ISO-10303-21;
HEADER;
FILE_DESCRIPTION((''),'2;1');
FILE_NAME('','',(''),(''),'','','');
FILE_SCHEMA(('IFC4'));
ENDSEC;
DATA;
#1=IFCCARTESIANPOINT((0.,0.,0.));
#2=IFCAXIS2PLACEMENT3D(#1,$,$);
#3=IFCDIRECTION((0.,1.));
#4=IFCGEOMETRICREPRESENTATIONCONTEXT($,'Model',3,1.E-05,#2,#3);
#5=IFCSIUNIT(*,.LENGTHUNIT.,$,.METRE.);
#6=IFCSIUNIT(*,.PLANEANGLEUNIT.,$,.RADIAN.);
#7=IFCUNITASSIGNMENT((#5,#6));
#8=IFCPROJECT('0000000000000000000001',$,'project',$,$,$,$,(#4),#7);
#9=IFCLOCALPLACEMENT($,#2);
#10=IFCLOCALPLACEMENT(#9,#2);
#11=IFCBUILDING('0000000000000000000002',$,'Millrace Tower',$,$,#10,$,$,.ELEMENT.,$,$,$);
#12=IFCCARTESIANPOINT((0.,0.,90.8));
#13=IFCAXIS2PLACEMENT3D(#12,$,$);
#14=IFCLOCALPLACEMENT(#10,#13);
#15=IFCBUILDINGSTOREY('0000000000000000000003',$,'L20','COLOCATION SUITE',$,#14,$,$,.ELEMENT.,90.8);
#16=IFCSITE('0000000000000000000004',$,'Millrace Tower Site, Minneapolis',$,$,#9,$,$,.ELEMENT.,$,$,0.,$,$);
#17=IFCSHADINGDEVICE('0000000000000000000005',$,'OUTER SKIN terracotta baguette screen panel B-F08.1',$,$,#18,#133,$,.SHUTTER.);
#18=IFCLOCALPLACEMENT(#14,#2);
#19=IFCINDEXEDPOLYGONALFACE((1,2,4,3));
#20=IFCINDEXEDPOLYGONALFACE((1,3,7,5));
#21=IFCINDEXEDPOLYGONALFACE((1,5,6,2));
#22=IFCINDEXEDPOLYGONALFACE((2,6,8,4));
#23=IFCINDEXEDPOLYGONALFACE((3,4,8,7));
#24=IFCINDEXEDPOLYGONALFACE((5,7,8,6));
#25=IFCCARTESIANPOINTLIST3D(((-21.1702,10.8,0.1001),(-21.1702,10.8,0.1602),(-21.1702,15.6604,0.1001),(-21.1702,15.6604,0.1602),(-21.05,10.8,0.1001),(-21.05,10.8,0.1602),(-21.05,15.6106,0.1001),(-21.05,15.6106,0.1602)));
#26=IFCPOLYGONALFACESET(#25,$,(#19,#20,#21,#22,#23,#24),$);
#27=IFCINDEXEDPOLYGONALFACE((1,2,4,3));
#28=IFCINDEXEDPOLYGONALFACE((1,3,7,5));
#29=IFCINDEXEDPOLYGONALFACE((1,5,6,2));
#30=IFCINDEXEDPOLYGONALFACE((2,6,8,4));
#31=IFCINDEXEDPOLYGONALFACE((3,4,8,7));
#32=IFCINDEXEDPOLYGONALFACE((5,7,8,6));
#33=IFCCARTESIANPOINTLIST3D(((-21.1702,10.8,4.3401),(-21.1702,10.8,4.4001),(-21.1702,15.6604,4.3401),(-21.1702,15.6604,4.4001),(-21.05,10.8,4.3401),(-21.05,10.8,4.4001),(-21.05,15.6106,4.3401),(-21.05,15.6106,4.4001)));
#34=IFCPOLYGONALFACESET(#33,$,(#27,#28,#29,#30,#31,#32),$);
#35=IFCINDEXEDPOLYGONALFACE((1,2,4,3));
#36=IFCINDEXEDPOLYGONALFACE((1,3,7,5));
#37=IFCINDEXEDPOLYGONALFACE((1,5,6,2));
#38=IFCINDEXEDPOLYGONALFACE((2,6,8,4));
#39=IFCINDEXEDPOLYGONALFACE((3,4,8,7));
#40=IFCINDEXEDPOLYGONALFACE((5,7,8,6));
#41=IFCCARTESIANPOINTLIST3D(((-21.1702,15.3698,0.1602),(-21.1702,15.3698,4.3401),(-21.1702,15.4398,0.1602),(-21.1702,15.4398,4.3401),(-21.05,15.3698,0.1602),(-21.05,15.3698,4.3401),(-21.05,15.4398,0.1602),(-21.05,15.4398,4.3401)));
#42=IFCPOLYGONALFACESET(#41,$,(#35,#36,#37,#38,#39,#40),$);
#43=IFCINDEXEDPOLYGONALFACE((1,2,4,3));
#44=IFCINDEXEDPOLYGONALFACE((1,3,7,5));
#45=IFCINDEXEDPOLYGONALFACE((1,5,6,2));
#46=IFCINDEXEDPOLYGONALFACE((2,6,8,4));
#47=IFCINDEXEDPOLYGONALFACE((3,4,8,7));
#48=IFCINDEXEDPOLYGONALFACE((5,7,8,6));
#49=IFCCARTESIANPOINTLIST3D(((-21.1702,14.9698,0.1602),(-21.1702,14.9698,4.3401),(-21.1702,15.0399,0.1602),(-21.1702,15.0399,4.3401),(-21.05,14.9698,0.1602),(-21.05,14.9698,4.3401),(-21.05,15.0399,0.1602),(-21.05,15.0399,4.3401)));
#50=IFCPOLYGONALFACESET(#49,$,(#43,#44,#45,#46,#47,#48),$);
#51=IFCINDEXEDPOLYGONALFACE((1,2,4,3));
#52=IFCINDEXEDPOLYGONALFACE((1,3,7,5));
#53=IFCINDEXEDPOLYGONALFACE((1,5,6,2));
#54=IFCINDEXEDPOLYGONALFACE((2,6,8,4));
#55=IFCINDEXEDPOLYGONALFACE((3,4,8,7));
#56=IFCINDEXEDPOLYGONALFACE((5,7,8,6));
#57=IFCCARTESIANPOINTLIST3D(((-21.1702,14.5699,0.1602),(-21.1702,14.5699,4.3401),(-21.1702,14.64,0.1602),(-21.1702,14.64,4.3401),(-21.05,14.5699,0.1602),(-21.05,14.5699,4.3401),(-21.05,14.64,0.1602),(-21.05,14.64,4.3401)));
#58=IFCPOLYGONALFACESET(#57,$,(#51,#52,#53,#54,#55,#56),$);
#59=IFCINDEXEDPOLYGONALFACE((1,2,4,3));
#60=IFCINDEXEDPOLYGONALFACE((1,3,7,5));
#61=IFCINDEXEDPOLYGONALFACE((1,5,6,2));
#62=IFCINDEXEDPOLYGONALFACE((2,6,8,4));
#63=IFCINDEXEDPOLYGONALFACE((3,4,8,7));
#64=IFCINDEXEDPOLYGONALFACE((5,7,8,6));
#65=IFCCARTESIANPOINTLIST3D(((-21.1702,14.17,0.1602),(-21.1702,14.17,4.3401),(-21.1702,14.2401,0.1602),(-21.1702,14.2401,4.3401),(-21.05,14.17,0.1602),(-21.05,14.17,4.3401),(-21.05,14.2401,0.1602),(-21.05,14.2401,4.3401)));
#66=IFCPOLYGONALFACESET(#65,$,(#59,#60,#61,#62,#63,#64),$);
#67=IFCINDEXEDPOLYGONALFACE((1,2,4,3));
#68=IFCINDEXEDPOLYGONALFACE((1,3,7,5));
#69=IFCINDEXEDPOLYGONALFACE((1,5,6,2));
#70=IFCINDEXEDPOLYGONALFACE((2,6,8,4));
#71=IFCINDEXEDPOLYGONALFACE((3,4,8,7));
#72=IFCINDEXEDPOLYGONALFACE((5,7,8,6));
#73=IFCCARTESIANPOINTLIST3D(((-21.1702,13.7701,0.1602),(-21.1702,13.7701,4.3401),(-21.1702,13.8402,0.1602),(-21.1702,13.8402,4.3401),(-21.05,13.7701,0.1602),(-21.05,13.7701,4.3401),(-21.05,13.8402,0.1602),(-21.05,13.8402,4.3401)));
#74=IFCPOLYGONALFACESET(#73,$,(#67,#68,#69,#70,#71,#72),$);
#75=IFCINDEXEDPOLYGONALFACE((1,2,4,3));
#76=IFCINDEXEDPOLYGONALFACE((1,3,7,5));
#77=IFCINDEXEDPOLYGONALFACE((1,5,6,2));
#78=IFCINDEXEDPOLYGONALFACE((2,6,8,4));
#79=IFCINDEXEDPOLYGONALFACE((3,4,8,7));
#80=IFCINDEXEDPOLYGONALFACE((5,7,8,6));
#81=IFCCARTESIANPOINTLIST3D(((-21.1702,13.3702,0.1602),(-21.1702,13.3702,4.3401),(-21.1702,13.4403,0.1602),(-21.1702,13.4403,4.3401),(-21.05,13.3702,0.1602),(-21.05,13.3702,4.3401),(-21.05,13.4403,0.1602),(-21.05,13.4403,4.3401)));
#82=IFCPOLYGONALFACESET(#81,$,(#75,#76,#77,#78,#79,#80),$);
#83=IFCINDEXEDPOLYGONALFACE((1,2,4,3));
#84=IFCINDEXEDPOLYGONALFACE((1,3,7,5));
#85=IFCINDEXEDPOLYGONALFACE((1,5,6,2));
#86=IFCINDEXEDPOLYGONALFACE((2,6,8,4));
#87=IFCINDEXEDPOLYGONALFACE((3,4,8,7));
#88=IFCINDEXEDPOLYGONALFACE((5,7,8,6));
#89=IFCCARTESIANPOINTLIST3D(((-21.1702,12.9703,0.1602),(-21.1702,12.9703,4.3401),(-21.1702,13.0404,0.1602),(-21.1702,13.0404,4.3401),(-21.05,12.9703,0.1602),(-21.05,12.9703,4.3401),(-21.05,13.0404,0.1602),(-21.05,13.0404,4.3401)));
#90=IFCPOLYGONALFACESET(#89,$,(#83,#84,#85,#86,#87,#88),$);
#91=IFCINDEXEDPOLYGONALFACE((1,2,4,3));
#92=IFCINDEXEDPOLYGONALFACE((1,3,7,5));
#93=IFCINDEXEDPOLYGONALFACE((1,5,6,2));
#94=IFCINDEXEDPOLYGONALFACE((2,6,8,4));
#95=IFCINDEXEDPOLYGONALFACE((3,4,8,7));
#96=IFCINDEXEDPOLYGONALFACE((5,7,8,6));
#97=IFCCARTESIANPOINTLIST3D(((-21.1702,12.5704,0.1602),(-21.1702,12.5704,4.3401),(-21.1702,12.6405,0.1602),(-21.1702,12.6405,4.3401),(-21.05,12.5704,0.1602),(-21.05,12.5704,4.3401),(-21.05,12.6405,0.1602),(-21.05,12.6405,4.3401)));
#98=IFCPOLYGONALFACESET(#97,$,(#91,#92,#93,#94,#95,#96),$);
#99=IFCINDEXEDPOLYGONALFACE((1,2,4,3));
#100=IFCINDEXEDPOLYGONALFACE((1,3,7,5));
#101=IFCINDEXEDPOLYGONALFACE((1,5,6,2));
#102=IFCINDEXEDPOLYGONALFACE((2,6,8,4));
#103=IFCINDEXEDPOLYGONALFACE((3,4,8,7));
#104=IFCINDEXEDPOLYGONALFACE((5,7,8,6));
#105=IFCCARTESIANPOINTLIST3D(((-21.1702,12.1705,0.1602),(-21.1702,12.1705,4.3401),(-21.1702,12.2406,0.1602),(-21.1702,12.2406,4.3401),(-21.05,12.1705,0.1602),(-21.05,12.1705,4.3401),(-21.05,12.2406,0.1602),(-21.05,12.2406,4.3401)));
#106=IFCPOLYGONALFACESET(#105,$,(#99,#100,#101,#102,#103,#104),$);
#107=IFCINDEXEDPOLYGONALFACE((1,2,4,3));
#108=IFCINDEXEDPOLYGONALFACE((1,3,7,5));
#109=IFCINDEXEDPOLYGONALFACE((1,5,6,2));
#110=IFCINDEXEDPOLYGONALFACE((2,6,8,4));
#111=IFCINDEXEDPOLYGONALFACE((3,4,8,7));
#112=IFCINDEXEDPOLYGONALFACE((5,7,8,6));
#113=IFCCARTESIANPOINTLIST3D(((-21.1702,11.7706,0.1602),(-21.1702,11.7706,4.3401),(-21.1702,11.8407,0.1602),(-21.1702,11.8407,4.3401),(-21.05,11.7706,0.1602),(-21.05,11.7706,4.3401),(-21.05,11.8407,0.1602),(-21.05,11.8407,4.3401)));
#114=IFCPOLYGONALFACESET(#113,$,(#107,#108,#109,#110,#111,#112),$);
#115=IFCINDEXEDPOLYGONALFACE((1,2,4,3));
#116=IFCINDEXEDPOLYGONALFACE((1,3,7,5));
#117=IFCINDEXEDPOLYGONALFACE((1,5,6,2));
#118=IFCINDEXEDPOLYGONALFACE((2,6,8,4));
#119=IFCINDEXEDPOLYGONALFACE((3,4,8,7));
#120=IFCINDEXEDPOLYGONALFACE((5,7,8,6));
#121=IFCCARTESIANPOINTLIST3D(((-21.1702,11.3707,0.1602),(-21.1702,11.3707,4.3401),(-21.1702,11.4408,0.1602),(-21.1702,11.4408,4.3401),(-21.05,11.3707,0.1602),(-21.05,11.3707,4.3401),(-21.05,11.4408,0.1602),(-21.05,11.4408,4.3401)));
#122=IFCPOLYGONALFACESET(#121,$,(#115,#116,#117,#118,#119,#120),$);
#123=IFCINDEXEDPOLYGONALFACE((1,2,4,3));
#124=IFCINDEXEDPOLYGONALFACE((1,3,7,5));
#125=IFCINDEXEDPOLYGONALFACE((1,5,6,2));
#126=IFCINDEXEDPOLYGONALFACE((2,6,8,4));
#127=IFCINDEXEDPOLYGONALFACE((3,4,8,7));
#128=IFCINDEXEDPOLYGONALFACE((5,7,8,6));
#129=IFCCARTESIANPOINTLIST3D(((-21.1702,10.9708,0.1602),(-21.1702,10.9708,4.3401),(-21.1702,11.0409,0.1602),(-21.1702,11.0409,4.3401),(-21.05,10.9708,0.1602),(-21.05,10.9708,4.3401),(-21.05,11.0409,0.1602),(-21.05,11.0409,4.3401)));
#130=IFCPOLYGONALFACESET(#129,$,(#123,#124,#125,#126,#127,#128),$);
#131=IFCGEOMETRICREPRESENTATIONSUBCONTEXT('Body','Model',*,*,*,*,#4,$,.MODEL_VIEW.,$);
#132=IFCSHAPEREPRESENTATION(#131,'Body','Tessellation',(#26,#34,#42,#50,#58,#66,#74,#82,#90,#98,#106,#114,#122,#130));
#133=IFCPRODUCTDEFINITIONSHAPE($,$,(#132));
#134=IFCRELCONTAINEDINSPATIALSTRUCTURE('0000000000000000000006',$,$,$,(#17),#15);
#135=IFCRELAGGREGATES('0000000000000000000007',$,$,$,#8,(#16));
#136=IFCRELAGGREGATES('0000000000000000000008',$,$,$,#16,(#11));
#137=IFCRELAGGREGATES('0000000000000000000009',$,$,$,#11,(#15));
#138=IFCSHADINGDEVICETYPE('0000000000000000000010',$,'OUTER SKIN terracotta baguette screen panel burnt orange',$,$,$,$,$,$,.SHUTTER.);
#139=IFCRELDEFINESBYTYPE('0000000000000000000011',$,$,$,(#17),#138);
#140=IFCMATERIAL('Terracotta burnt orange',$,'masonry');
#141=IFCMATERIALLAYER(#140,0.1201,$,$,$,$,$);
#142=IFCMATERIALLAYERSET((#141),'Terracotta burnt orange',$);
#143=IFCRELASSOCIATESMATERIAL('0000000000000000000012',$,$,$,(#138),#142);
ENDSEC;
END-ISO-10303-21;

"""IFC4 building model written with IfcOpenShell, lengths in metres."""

from ifc_helpers import new_model, entity, si_unit, direction, frame, frame_2d, origin, place, context, subcontext, project, spatial, rectangle, extrude, source, transform, mapped, material, layer, layer_set, type_object, element, save


model = new_model("IFC4")

# Units and contexts
model_context = context("Model", 3, precision=1e-05, world=origin(), true_north=direction((0.0, 1.0)))
body_context = subcontext(model_context, "Body", "Model", "MODEL_VIEW")
ifc_project = project(units=[si_unit("LENGTHUNIT", "METRE"), si_unit("PLANEANGLEUNIT", "RADIAN")], contexts=[model_context])

# Site, building, storey
site_placement = place(None, origin())
site = spatial("IfcSite", under=ifc_project, at=site_placement, Name="Millrace Tower Site, Minneapolis", CompositionType="ELEMENT", RefElevation=0.0)
building_placement = place(site_placement, origin())
building = spatial("IfcBuilding", under=site, at=building_placement, Name="Millrace Tower", CompositionType="ELEMENT")
storey_placement = place(building_placement, frame((0.0, 0.0, 90.8)))
storey = spatial("IfcBuildingStorey", under=building, at=storey_placement, Name="L20", Description="COLOCATION SUITE", CompositionType="ELEMENT", Elevation=90.8)

# Shading device
ifc_material_1 = material(Name="Terracotta burnt orange", Category="masonry")
ifc_layer_1 = layer(ifc_material_1, 0.1201)
ifc_layer_set_1 = layer_set([ifc_layer_1], Name="Terracotta burnt orange")
shading_device_type = type_object("IfcShadingDeviceType", Name="OUTER SKIN terracotta baguette screen panel burnt orange", PredefinedType="SHUTTER", material=ifc_layer_set_1)
cartesian_point_1 = entity("IfcCartesianPoint", [-2.3928, 0.0601])
shared_polyline_1 = entity("IfcPolyline", [cartesian_point_1, entity("IfcCartesianPoint", [2.4177, 0.0601]), entity("IfcCartesianPoint", [2.4177, -0.0601]), entity("IfcCartesianPoint", [-2.4426, -0.0601]), cartesian_point_1])
shared_shape_1 = source(origin(), body_context, "Body", "SweptSolid", [
    entity("IfcExtrudedAreaSolid", entity("IfcArbitraryClosedProfileDef", "AREA", None, shared_polyline_1), entity("IfcAxis2Placement3D", entity("IfcCartesianPoint", [0.0, 0.0, 0.0])), entity("IfcDirection", [0.0, 0.0, 1.0]), 0.0601),
    entity("IfcExtrudedAreaSolid", entity("IfcArbitraryClosedProfileDef", "AREA", None, shared_polyline_1), entity("IfcAxis2Placement3D", entity("IfcCartesianPoint", [0.0, 0.0, 4.24])), entity("IfcDirection", [0.0, 0.0, 1.0]), 0.0601),
    extrude(rectangle(XDim=0.0701, YDim=0.1201, at=frame_2d((-2.187, 0.0))), frame((0.0, 0.0, 0.0601)), (0.0, 0.0, 1.0), 4.1799),
    extrude(rectangle(XDim=0.0701, YDim=0.1201, at=frame_2d((-1.7871, 0.0))), frame((0.0, 0.0, 0.0601)), (0.0, 0.0, 1.0), 4.1799),
    extrude(rectangle(XDim=0.0701, YDim=0.1201, at=frame_2d((-1.3872, 0.0))), frame((0.0, 0.0, 0.0601)), (0.0, 0.0, 1.0), 4.1799),
    extrude(rectangle(XDim=0.0701, YDim=0.1201, at=frame_2d((-0.9873, 0.0))), frame((0.0, 0.0, 0.0601)), (0.0, 0.0, 1.0), 4.1799),
    extrude(rectangle(XDim=0.0701, YDim=0.1201, at=frame_2d((-0.5874, 0.0))), frame((0.0, 0.0, 0.0601)), (0.0, 0.0, 1.0), 4.1799),
    extrude(rectangle(XDim=0.0701, YDim=0.1201, at=frame_2d((-0.1875, 0.0))), frame((0.0, 0.0, 0.0601)), (0.0, 0.0, 1.0), 4.1799),
    extrude(rectangle(XDim=0.0701, YDim=0.1201, at=frame_2d((0.2124, 0.0))), frame((0.0, 0.0, 0.0601)), (0.0, 0.0, 1.0), 4.1799),
    extrude(rectangle(XDim=0.0701, YDim=0.1201, at=frame_2d((0.6123, 0.0))), frame((0.0, 0.0, 0.0601)), (0.0, 0.0, 1.0), 4.1799),
    extrude(rectangle(XDim=0.0701, YDim=0.1201, at=frame_2d((1.0122, 0.0))), frame((0.0, 0.0, 0.0601)), (0.0, 0.0, 1.0), 4.1799),
    extrude(rectangle(XDim=0.0701, YDim=0.1201, at=frame_2d((1.4121, 0.0))), frame((0.0, 0.0, 0.0601)), (0.0, 0.0, 1.0), 4.1799),
    extrude(rectangle(XDim=0.0701, YDim=0.1201, at=frame_2d((1.812, 0.0))), frame((0.0, 0.0, 0.0601)), (0.0, 0.0, 1.0), 4.1799),
    extrude(rectangle(XDim=0.0701, YDim=0.1201, at=frame_2d((2.2119, 0.0))), frame((0.0, 0.0, 0.0601)), (0.0, 0.0, 1.0), 4.1799),
])
shading_device_1_placement = place(storey_placement, frame((-21.1101, 13.2178, 0.1001), z_axis=(0.0, 0.0, 1.0), x_axis=(0.0, -1.0, 0.0)))
element("IfcShadingDevice", 1, at=shading_device_1_placement, inside=storey, type_object=shading_device_type, Name="OUTER SKIN terracotta baguette screen panel B-F08.1", PredefinedType="SHUTTER", context=body_context, shape_type="MappedRepresentation", body=[
    mapped(shared_shape_1, transform((0.0, 0.0, 0.0), scale=1.0)),
])

save(model, "model.ifc")
